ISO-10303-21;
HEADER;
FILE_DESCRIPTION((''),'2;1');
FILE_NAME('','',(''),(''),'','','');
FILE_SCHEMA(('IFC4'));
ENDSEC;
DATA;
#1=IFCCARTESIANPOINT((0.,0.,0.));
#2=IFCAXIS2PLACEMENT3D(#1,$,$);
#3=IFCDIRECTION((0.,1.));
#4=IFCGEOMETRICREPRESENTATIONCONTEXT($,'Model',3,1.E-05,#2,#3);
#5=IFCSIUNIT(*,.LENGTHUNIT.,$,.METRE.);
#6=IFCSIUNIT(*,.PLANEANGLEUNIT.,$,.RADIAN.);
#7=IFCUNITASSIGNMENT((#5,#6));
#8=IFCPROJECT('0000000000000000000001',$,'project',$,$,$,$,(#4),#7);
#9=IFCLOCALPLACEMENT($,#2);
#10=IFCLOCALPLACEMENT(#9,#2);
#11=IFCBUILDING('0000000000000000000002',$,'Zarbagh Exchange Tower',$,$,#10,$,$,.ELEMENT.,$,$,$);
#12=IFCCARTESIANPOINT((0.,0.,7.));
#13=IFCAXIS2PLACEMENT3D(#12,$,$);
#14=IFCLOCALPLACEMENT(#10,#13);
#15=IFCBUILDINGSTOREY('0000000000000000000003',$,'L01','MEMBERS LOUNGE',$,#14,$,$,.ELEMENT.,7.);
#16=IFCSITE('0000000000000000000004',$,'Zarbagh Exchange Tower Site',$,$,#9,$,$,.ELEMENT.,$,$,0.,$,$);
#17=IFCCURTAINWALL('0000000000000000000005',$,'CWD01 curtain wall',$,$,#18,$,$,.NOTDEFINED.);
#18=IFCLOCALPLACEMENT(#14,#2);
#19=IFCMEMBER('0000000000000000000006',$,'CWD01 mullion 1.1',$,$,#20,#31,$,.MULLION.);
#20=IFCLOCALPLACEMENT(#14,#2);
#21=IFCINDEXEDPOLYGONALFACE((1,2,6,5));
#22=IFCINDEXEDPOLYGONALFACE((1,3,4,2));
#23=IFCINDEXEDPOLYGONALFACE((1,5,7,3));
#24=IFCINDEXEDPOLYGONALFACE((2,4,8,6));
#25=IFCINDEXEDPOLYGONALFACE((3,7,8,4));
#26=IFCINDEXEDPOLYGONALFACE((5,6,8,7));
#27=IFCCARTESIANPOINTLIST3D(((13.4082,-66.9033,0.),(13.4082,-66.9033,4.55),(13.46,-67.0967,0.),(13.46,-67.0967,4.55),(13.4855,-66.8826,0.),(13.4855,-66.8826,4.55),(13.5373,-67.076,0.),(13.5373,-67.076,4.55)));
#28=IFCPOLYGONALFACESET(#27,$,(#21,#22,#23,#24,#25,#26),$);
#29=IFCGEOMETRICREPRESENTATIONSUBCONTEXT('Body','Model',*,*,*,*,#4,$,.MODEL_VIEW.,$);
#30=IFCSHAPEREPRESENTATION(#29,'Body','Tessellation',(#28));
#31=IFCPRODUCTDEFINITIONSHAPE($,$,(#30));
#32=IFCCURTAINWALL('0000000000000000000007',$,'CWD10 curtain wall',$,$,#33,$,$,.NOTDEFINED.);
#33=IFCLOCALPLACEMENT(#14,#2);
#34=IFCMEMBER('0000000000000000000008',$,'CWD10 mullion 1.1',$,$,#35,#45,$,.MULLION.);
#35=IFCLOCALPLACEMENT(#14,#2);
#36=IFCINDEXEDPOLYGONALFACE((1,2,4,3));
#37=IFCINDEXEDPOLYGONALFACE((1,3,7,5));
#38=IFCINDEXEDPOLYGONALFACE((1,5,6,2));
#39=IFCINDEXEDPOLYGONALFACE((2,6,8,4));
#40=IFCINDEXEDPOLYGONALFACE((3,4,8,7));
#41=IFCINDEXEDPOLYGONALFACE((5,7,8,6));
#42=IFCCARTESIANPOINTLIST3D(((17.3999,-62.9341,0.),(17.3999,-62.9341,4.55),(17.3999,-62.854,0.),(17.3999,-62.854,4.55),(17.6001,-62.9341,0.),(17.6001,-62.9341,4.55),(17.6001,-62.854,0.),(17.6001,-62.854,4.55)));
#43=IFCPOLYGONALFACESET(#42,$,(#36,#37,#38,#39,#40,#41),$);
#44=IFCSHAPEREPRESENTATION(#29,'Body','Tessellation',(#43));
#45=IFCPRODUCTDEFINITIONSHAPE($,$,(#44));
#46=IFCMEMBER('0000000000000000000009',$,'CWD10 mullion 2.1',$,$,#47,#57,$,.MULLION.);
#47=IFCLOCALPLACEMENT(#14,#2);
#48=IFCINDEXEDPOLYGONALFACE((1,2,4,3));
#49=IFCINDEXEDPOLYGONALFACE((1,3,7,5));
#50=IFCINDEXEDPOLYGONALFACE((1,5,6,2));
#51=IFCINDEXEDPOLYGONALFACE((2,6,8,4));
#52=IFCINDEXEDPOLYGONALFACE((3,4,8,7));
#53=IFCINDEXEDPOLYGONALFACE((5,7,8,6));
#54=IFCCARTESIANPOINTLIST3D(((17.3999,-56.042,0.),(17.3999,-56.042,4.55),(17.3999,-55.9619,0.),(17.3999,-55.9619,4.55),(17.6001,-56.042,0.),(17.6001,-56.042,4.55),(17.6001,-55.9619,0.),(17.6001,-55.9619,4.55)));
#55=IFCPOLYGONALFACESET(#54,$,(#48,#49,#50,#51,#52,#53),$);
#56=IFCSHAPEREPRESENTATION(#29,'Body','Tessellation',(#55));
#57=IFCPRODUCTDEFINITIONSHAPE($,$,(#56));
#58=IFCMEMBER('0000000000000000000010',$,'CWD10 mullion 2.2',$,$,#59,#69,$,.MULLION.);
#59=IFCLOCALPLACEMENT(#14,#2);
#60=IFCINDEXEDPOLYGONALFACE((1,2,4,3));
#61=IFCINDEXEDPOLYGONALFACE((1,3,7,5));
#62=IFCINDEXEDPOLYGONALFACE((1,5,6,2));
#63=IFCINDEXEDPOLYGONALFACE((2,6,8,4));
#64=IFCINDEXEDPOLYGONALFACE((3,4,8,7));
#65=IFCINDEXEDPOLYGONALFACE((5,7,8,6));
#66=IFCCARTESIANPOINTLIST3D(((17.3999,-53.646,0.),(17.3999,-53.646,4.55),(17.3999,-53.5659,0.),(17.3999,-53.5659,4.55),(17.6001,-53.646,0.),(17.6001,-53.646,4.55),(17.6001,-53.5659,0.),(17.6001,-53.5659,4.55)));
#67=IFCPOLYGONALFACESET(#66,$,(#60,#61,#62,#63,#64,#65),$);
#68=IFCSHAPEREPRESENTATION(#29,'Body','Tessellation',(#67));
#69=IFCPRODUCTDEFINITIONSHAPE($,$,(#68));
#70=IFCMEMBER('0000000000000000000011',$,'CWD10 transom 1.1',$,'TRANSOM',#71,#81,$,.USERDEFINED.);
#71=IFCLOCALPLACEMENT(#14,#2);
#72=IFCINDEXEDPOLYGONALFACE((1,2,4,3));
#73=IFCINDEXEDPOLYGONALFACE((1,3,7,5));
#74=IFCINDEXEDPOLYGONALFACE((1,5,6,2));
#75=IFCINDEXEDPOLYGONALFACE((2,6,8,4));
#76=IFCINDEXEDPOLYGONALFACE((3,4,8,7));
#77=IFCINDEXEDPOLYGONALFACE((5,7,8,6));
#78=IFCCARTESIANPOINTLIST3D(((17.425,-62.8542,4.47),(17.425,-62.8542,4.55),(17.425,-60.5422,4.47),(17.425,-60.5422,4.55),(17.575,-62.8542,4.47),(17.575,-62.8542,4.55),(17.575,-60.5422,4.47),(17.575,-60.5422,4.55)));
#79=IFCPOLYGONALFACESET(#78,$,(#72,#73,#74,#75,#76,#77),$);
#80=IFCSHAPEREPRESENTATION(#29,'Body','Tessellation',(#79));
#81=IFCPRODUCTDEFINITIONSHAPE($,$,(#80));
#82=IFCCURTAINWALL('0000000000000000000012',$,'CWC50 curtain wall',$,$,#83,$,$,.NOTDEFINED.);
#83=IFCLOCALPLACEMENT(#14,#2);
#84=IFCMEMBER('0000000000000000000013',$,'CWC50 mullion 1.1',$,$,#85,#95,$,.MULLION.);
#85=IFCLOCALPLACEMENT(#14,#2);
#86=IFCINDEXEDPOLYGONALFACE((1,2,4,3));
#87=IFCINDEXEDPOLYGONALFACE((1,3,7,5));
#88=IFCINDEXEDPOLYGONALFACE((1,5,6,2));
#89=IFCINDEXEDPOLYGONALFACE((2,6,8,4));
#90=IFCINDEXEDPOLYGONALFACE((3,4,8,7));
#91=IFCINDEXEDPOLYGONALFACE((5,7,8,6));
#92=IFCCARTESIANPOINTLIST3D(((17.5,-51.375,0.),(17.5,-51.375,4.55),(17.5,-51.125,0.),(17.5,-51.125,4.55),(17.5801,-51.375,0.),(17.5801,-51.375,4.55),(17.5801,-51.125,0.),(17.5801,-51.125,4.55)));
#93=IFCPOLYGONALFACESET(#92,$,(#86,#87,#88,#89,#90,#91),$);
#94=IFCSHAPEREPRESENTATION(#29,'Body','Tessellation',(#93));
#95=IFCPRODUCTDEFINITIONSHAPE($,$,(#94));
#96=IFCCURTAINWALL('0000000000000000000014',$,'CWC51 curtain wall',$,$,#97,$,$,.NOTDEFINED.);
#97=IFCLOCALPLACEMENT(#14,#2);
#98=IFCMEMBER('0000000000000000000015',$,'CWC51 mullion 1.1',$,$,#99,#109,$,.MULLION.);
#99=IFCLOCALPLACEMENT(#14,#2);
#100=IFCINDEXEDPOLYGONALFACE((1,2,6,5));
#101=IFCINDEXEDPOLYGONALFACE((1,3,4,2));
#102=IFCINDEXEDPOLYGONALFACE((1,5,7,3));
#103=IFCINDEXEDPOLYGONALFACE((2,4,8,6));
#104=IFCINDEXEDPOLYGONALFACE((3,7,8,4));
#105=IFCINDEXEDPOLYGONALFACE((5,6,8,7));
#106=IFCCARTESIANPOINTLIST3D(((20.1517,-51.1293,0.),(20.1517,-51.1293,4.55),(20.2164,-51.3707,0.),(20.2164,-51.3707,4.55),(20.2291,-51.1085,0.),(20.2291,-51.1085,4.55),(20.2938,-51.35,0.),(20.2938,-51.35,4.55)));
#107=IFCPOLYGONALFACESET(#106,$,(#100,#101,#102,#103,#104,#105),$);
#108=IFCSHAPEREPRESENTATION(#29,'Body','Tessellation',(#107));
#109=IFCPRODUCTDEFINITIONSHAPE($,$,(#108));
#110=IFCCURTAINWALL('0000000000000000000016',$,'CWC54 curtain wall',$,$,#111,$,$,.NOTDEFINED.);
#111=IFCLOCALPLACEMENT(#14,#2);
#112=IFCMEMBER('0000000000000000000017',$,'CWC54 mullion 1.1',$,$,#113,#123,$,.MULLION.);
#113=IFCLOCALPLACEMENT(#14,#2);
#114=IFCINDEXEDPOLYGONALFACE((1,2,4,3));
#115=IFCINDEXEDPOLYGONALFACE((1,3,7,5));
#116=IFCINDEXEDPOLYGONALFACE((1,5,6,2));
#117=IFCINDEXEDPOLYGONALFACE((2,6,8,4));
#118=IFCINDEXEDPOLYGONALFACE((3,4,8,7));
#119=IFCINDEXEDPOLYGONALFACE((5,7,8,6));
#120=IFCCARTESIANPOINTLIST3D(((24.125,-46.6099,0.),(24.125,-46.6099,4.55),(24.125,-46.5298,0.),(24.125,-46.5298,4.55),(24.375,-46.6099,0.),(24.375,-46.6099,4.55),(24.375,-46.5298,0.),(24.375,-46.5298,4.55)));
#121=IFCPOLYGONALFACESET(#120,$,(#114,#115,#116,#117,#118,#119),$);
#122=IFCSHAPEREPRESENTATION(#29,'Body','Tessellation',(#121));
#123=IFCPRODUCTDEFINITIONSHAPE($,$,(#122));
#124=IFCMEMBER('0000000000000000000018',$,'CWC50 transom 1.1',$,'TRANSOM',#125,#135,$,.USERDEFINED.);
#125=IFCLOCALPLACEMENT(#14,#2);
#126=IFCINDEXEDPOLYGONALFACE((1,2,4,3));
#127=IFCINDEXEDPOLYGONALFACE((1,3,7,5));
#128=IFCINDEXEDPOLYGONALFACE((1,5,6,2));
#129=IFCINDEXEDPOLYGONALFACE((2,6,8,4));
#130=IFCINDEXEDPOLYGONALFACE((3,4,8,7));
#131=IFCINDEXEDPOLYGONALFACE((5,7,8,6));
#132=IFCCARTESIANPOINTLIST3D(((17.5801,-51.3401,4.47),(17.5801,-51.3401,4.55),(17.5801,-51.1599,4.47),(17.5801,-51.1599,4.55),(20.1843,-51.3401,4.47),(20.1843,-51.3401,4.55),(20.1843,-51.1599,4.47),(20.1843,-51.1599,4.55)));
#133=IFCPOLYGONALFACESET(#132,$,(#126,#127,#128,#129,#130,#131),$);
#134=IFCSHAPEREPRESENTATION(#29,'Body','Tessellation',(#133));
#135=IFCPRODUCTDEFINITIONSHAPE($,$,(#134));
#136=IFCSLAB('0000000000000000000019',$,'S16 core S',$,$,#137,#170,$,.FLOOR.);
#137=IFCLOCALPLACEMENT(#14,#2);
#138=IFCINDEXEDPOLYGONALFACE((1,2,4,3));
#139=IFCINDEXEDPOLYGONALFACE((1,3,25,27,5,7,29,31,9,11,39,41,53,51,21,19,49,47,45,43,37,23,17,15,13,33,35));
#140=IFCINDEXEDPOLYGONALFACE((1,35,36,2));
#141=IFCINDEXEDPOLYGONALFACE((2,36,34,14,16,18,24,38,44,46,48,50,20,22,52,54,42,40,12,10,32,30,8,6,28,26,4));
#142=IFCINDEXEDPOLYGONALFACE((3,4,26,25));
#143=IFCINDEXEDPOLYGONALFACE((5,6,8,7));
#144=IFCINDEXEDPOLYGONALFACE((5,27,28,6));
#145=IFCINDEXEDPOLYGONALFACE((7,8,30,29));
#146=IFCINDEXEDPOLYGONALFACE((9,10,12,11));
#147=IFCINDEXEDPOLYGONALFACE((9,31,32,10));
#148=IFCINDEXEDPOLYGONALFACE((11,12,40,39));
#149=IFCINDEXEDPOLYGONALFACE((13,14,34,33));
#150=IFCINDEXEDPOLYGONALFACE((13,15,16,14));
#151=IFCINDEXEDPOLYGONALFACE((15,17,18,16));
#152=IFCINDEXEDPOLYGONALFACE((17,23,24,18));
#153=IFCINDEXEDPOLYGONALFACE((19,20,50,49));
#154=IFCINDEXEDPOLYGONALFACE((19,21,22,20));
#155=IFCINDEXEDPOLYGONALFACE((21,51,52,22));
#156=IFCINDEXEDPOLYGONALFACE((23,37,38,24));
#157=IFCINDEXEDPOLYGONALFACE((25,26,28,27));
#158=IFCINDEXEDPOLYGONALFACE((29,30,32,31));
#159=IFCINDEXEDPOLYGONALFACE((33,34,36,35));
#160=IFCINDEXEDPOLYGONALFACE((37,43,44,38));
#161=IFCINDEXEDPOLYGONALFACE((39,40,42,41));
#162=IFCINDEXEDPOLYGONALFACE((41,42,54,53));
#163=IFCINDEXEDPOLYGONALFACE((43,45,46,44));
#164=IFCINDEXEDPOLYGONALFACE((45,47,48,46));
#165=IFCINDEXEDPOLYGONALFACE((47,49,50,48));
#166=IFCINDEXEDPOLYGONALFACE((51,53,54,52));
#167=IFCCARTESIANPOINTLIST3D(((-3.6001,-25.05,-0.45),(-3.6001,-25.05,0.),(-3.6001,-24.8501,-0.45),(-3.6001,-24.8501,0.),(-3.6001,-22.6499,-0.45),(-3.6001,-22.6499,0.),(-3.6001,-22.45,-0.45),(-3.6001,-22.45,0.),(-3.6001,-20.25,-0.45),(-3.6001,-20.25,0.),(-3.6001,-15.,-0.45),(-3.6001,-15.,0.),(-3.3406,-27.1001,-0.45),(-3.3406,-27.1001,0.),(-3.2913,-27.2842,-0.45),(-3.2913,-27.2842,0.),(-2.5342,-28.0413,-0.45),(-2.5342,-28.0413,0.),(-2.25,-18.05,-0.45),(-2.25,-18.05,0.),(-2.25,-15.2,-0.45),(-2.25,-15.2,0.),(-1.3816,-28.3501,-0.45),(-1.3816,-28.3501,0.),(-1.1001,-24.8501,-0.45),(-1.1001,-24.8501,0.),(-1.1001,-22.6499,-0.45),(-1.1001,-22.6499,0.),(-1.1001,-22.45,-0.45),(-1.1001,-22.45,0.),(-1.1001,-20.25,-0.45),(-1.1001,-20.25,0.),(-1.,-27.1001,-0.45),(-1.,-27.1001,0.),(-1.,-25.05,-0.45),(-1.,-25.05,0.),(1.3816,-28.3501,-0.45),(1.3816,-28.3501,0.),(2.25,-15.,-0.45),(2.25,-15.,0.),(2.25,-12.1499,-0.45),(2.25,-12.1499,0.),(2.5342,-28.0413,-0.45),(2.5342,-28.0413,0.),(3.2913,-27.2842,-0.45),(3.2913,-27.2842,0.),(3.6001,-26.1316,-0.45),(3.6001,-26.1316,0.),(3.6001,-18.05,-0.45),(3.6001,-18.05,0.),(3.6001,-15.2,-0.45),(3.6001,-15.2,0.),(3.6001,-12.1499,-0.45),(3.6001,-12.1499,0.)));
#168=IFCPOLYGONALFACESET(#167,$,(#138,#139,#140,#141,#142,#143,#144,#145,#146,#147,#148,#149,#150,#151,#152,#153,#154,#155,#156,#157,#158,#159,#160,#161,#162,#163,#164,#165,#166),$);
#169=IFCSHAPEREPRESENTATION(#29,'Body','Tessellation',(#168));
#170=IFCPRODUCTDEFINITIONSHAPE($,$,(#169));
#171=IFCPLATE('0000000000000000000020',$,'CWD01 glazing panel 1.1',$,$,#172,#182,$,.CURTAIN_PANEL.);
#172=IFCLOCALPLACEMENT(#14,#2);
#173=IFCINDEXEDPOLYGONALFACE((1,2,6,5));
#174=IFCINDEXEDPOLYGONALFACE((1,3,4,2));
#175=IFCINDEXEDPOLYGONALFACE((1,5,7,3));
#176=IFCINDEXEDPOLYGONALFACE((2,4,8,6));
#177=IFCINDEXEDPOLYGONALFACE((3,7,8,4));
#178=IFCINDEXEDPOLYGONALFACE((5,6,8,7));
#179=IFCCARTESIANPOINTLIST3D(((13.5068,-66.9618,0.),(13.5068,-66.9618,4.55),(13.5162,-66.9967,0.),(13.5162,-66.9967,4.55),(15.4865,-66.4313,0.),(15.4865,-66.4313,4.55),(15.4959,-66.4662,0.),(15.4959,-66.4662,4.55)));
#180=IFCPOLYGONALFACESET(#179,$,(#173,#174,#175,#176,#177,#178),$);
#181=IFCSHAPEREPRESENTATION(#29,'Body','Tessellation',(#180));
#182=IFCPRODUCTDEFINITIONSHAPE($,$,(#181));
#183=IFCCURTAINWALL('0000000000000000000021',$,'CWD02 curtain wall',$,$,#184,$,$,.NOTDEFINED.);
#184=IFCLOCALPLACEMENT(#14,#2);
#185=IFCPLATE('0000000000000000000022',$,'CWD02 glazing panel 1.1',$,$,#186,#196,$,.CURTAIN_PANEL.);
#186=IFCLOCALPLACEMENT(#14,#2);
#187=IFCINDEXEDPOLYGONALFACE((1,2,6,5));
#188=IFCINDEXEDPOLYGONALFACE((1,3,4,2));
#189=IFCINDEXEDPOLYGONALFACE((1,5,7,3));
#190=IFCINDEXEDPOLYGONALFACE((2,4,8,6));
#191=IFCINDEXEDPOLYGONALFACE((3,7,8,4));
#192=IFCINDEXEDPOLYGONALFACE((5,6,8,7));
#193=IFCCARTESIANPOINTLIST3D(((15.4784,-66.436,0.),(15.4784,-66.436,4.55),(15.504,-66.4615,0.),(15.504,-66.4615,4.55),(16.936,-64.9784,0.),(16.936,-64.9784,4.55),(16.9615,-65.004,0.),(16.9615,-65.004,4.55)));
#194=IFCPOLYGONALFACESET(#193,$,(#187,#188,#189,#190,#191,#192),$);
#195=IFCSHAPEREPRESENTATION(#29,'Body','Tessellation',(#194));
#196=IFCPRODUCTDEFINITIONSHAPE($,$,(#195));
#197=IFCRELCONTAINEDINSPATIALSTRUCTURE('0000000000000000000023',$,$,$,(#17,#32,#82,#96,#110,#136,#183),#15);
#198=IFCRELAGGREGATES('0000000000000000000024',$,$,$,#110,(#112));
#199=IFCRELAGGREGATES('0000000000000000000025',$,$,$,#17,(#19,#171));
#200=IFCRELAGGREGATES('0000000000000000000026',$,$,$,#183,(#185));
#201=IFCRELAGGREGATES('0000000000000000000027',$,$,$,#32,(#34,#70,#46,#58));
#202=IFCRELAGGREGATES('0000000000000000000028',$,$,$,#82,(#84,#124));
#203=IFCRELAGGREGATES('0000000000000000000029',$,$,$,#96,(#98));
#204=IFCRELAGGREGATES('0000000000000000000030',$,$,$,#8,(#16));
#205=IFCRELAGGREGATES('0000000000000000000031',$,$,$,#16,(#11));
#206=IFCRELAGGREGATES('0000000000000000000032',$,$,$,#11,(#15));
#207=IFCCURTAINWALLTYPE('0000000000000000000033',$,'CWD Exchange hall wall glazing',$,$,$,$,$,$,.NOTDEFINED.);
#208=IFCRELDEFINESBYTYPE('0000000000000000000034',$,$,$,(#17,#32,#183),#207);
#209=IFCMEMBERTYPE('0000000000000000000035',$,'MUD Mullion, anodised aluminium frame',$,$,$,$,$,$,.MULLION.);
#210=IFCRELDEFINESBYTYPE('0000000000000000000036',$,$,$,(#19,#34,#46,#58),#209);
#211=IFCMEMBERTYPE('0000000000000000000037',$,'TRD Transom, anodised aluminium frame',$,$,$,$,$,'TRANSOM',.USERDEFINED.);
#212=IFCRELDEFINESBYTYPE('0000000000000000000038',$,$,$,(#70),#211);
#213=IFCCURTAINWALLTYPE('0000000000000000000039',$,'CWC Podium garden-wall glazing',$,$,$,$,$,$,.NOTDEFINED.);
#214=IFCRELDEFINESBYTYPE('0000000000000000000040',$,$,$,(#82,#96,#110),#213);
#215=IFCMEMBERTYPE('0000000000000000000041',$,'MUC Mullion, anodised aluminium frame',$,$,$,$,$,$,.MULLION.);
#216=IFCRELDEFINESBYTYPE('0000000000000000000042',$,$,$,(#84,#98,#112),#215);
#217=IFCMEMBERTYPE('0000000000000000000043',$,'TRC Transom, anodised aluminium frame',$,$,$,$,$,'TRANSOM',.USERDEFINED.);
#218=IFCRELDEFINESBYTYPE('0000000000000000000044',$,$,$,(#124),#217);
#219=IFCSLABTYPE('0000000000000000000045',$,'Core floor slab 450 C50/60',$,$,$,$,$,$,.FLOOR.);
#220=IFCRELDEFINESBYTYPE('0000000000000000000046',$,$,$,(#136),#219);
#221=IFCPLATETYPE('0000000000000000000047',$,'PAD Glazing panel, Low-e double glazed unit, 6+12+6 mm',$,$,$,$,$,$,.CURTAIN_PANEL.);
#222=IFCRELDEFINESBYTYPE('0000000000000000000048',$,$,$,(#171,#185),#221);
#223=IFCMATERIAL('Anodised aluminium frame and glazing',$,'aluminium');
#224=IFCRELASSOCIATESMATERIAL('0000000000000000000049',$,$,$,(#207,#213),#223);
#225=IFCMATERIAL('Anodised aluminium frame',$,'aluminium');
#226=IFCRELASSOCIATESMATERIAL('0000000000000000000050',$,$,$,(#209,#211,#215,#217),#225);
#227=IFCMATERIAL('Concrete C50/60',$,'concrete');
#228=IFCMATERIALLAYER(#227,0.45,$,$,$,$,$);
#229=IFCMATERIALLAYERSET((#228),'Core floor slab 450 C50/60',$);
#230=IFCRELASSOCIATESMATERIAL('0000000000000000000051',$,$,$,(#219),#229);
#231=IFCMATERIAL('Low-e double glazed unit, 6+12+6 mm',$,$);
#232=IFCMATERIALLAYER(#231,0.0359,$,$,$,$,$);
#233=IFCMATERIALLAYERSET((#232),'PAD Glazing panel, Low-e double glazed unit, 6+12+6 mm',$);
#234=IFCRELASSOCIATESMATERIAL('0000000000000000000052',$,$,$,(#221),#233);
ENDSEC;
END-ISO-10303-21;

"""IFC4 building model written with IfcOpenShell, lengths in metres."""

from ifc_helpers import new_model, si_unit, direction, frame, origin, place, context, subcontext, project, spatial, polyline, outline, extrude, source, transform, mapped, material, layer, layer_set, type_object, element, aggregate, save


model = new_model("IFC4")

# Units and contexts
model_context = context("Model", 3, precision=1e-05, world=origin(), true_north=direction((0.0, 1.0)))
body_context = subcontext(model_context, "Body", "Model", "MODEL_VIEW")
ifc_project = project(units=[si_unit("LENGTHUNIT", "METRE"), si_unit("PLANEANGLEUNIT", "RADIAN")], contexts=[model_context])

# Site, building, storey
site_placement = place(None, origin())
site = spatial("IfcSite", under=ifc_project, at=site_placement, Name="Zarbagh Exchange Tower Site", CompositionType="ELEMENT", RefElevation=0.0)
building_placement = place(site_placement, origin())
building = spatial("IfcBuilding", under=site, at=building_placement, Name="Zarbagh Exchange Tower", CompositionType="ELEMENT")
storey_placement = place(building_placement, frame((0.0, 0.0, 7.0)))
storey = spatial("IfcBuildingStorey", under=building, at=storey_placement, Name="L01", Description="MEMBERS LOUNGE", CompositionType="ELEMENT", Elevation=7.0)

# Curtain wall, member
ifc_material_1 = material(Name="Anodised aluminium frame and glazing", Category="aluminium")
curtain_wall_type_1 = type_object("IfcCurtainWallType", Name="CWD Exchange hall wall glazing", PredefinedType="NOTDEFINED", material=ifc_material_1)
curtain_wall_1_placement = place(storey_placement, origin())
curtain_wall_1 = element("IfcCurtainWall", 1, at=curtain_wall_1_placement, inside=storey, type_object=curtain_wall_type_1, Name="CWD01 curtain wall", PredefinedType="NOTDEFINED")
ifc_material_2 = material(Name="Anodised aluminium frame", Category="aluminium")
member_type_1 = type_object("IfcMemberType", Name="MUD Mullion, anodised aluminium frame", PredefinedType="MULLION", material=ifc_material_2)
shared_shape_1 = source(origin(), body_context, "Body", "SweptSolid", [
    extrude(outline(polyline([(0.0, -0.1001), (0.0801, -0.1001), (0.0801, 0.1001), (0.0, 0.1001), (0.0, -0.1001)])), origin(), (0.0, 0.0, 1.0), 4.55),
])
placement = place(storey_placement, origin())
member_1 = element("IfcMember", 2, at=placement, type_object=member_type_1, Name="CWD01 mullion 1.1", PredefinedType="MULLION", context=body_context, shape_type="MappedRepresentation", body=[
    mapped(shared_shape_1, transform((13.4341, -67.0, 0.0), x_axis=(0.965924, 0.258825, 0.0), y_axis=(-0.258825, 0.965924, 0.0), z_axis=(0.0, 0.0, 1.0))),
])

# Curtain wall, members
curtain_wall_2_placement = place(storey_placement, origin())
curtain_wall_2 = element("IfcCurtainWall", 3, at=curtain_wall_2_placement, inside=storey, type_object=curtain_wall_type_1, Name="CWD10 curtain wall", PredefinedType="NOTDEFINED")
member_2 = element("IfcMember", 4, at=placement, type_object=member_type_1, Name="CWD10 mullion 1.1", PredefinedType="MULLION", context=body_context, shape_type="MappedRepresentation", body=[
    mapped(shared_shape_1, transform((17.5, -62.9341, 0.0), x_axis=(0.0, 1.0, 0.0), y_axis=(-1.0, 0.0, 0.0), z_axis=(0.0, 0.0, 1.0))),
])
member_3 = element("IfcMember", 5, at=placement, type_object=member_type_1, Name="CWD10 mullion 2.1", PredefinedType="MULLION", context=body_context, shape_type="MappedRepresentation", body=[
    mapped(shared_shape_1, transform((17.5, -56.042, 0.0), x_axis=(0.0, 1.0, 0.0), y_axis=(-1.0, 0.0, 0.0), z_axis=(0.0, 0.0, 1.0))),
])
member_4 = element("IfcMember", 6, at=placement, type_object=member_type_1, Name="CWD10 mullion 2.2", PredefinedType="MULLION", context=body_context, shape_type="MappedRepresentation", body=[
    mapped(shared_shape_1, transform((17.5, -53.646, 0.0), x_axis=(0.0, 1.0, 0.0), y_axis=(-1.0, 0.0, 0.0), z_axis=(0.0, 0.0, 1.0))),
])
member_type_2 = type_object("IfcMemberType", Name="TRD Transom, anodised aluminium frame", ElementType="TRANSOM", PredefinedType="USERDEFINED", material=ifc_material_2)
shared_shape_2 = source(origin(), body_context, "Body", "SweptSolid", [
    extrude(outline(polyline([(-0.0801, -0.075), (0.0, -0.075), (0.0, 0.075), (-0.0801, 0.075), (-0.0801, -0.075)])), origin(), (0.0, 0.0, 1.0), 2.312),
])
member_5 = element("IfcMember", 7, at=placement, type_object=member_type_2, Name="CWD10 transom 1.1", ObjectType="TRANSOM", PredefinedType="USERDEFINED", context=body_context, shape_type="MappedRepresentation", body=[
    mapped(shared_shape_2, transform((17.5, -62.8542, 4.55), x_axis=(0.0, 0.0, 1.0), y_axis=(1.0, 0.0, 0.0), z_axis=(0.0, 1.0, 0.0))),
])

# Curtain walls, members
curtain_wall_type_2 = type_object("IfcCurtainWallType", Name="CWC Podium garden-wall glazing", PredefinedType="NOTDEFINED", material=ifc_material_1)
curtain_wall_3_placement = place(storey_placement, origin())
curtain_wall_3 = element("IfcCurtainWall", 8, at=curtain_wall_3_placement, inside=storey, type_object=curtain_wall_type_2, Name="CWC50 curtain wall", PredefinedType="NOTDEFINED")
member_type_3 = type_object("IfcMemberType", Name="MUC Mullion, anodised aluminium frame", PredefinedType="MULLION", material=ifc_material_2)
shared_shape_3 = source(origin(), body_context, "Body", "SweptSolid", [
    extrude(outline(polyline([(0.0, -0.125), (0.0801, -0.125), (0.0801, 0.125), (0.0, 0.125), (0.0, -0.125)])), origin(), (0.0, 0.0, 1.0), 4.55),
])
member_6 = element("IfcMember", 9, at=placement, type_object=member_type_3, Name="CWC50 mullion 1.1", PredefinedType="MULLION", context=body_context, shape_type="MappedRepresentation", body=[
    mapped(shared_shape_3, transform((17.5, -51.25, 0.0), x_axis=(1.0, 0.0, 0.0), y_axis=(0.0, 1.0, 0.0), z_axis=(0.0, 0.0, 1.0))),
])
curtain_wall_4_placement = place(storey_placement, origin())
curtain_wall_4 = element("IfcCurtainWall", 10, at=curtain_wall_4_placement, inside=storey, type_object=curtain_wall_type_2, Name="CWC51 curtain wall", PredefinedType="NOTDEFINED")
member_7 = element("IfcMember", 11, at=placement, type_object=member_type_3, Name="CWC51 mullion 1.1", PredefinedType="MULLION", context=body_context, shape_type="MappedRepresentation", body=[
    mapped(shared_shape_3, transform((20.1841, -51.25, 0.0), x_axis=(0.965924, 0.258825, 0.0), y_axis=(-0.258825, 0.965924, 0.0), z_axis=(0.0, 0.0, 1.0))),
])
curtain_wall_5_placement = place(storey_placement, origin())
curtain_wall_5 = element("IfcCurtainWall", 12, at=curtain_wall_5_placement, inside=storey, type_object=curtain_wall_type_2, Name="CWC54 curtain wall", PredefinedType="NOTDEFINED")
member_8 = element("IfcMember", 13, at=placement, type_object=member_type_3, Name="CWC54 mullion 1.1", PredefinedType="MULLION", context=body_context, shape_type="MappedRepresentation", body=[
    mapped(shared_shape_3, transform((24.25, -46.6099, 0.0), x_axis=(0.0, 1.0, 0.0), y_axis=(-1.0, 0.0, 0.0), z_axis=(0.0, 0.0, 1.0))),
])
aggregate(curtain_wall_5, [member_8])

# Member
member_type_4 = type_object("IfcMemberType", Name="TRC Transom, anodised aluminium frame", ElementType="TRANSOM", PredefinedType="USERDEFINED", material=ifc_material_2)
shared_shape_4 = source(origin(), body_context, "Body", "SweptSolid", [
    extrude(outline(polyline([(-0.0801, -0.0901), (0.0, -0.0901), (0.0, 0.0901), (-0.0801, 0.0901), (-0.0801, -0.0901)])), origin(), (0.0, 0.0, 1.0), 2.6042),
])
member_9 = element("IfcMember", 14, at=placement, type_object=member_type_4, Name="CWC50 transom 1.1", ObjectType="TRANSOM", PredefinedType="USERDEFINED", context=body_context, shape_type="MappedRepresentation", body=[
    mapped(shared_shape_4, transform((17.5801, -51.25, 4.55), x_axis=(0.0, 0.0, 1.0), y_axis=(0.0, -1.0, 0.0), z_axis=(1.0, 0.0, 0.0))),
])

# Slab
ifc_material_3 = material(Name="Concrete C50/60", Category="concrete")
ifc_layer_1 = layer(ifc_material_3, 0.45)
ifc_layer_set_1 = layer_set([ifc_layer_1], Name="Core floor slab 450 C50/60")
slab_type = type_object("IfcSlabType", Name="Core floor slab 450 C50/60", PredefinedType="FLOOR", material=ifc_layer_set_1)
slab_placement = place(storey_placement, frame((0.0, 0.0, -0.45)))
element("IfcSlab", 15, at=slab_placement, inside=storey, type_object=slab_type, Name="S16 core S", PredefinedType="FLOOR", context=body_context, shape_type="SweptSolid", body=[
    extrude(outline(polyline([(-2.5342, -28.0413), (-3.2913, -27.2842), (-3.3406, -27.1001), (-1.0, -27.1001), (-1.0, -25.05), (-3.6001, -25.05), (-3.6001, -24.8501), (-1.1001, -24.8501), (-1.1001, -22.6499), (-3.6001, -22.6499), (-3.6001, -22.45), (-1.1001, -22.45), (-1.1001, -20.25), (-3.6001, -20.25), (-3.6001, -15.0), (2.25, -15.0), (2.25, -12.1499), (3.6001, -12.1499), (3.6001, -15.2), (-2.25, -15.2), (-2.25, -18.05), (3.6001, -18.05), (3.6001, -26.1316), (3.2913, -27.2842), (2.5342, -28.0413), (1.3816, -28.3501), (-1.3816, -28.3501), (-2.5342, -28.0413)])), origin(), (0.0, 0.0, 1.0), 0.45),
])

# Plate
ifc_material_4 = material(Name="Low-e double glazed unit, 6+12+6 mm")
ifc_layer_2 = layer(ifc_material_4, 0.0359)
ifc_layer_set_2 = layer_set([ifc_layer_2], Name="PAD Glazing panel, Low-e double glazed unit, 6+12+6 mm")
plate_type_1 = type_object("IfcPlateType", Name="PAD Glazing panel, Low-e double glazed unit, 6+12+6 mm", PredefinedType="CURTAIN_PANEL", material=ifc_layer_set_2)
shared_shape_5 = source(origin(), body_context, "Body", "SweptSolid", [
    extrude(outline(polyline([(0.0, -0.0181), (2.0496, -0.0181), (2.0496, 0.0181), (0.0, 0.0181), (0.0, -0.0181)])), origin(), (0.0, 0.0, 1.0), 4.55),
])
plate_1 = element("IfcPlate", 16, at=placement, type_object=plate_type_1, Name="CWD01 glazing panel 1.1", PredefinedType="CURTAIN_PANEL", context=body_context, shape_type="MappedRepresentation", body=[
    mapped(shared_shape_5, transform((13.5115, -66.9792, 0.0), x_axis=(0.965924, 0.258825, 0.0), y_axis=(-0.258825, 0.965924, 0.0), z_axis=(0.0, 0.0, 1.0))),
])
aggregate(curtain_wall_1, [member_1, plate_1])

# Curtain wall, plate
curtain_wall_6_placement = place(storey_placement, origin())
curtain_wall_6 = element("IfcCurtainWall", 17, at=curtain_wall_6_placement, inside=storey, type_object=curtain_wall_type_1, Name="CWD02 curtain wall", PredefinedType="NOTDEFINED")
shared_shape_6 = source(origin(), body_context, "Body", "SweptSolid", [
    extrude(outline(polyline([(0.0, -0.0181), (2.0613, -0.0181), (2.0613, 0.0181), (0.0, 0.0181), (0.0, -0.0181)])), origin(), (0.0, 0.0, 1.0), 4.55),
])
plate_2 = element("IfcPlate", 18, at=placement, type_object=plate_type_1, Name="CWD02 glazing panel 1.1", PredefinedType="CURTAIN_PANEL", context=body_context, shape_type="MappedRepresentation", body=[
    mapped(shared_shape_6, transform((15.4912, -66.4487, 0.0), x_axis=(0.707107, 0.707107, 0.0), y_axis=(-0.707107, 0.707107, 0.0), z_axis=(0.0, 0.0, 1.0))),
])
aggregate(curtain_wall_6, [plate_2])

aggregate(curtain_wall_2, [member_2, member_5, member_3, member_4])
aggregate(curtain_wall_3, [member_6, member_9])
aggregate(curtain_wall_4, [member_7])

save(model, "model.ifc")
